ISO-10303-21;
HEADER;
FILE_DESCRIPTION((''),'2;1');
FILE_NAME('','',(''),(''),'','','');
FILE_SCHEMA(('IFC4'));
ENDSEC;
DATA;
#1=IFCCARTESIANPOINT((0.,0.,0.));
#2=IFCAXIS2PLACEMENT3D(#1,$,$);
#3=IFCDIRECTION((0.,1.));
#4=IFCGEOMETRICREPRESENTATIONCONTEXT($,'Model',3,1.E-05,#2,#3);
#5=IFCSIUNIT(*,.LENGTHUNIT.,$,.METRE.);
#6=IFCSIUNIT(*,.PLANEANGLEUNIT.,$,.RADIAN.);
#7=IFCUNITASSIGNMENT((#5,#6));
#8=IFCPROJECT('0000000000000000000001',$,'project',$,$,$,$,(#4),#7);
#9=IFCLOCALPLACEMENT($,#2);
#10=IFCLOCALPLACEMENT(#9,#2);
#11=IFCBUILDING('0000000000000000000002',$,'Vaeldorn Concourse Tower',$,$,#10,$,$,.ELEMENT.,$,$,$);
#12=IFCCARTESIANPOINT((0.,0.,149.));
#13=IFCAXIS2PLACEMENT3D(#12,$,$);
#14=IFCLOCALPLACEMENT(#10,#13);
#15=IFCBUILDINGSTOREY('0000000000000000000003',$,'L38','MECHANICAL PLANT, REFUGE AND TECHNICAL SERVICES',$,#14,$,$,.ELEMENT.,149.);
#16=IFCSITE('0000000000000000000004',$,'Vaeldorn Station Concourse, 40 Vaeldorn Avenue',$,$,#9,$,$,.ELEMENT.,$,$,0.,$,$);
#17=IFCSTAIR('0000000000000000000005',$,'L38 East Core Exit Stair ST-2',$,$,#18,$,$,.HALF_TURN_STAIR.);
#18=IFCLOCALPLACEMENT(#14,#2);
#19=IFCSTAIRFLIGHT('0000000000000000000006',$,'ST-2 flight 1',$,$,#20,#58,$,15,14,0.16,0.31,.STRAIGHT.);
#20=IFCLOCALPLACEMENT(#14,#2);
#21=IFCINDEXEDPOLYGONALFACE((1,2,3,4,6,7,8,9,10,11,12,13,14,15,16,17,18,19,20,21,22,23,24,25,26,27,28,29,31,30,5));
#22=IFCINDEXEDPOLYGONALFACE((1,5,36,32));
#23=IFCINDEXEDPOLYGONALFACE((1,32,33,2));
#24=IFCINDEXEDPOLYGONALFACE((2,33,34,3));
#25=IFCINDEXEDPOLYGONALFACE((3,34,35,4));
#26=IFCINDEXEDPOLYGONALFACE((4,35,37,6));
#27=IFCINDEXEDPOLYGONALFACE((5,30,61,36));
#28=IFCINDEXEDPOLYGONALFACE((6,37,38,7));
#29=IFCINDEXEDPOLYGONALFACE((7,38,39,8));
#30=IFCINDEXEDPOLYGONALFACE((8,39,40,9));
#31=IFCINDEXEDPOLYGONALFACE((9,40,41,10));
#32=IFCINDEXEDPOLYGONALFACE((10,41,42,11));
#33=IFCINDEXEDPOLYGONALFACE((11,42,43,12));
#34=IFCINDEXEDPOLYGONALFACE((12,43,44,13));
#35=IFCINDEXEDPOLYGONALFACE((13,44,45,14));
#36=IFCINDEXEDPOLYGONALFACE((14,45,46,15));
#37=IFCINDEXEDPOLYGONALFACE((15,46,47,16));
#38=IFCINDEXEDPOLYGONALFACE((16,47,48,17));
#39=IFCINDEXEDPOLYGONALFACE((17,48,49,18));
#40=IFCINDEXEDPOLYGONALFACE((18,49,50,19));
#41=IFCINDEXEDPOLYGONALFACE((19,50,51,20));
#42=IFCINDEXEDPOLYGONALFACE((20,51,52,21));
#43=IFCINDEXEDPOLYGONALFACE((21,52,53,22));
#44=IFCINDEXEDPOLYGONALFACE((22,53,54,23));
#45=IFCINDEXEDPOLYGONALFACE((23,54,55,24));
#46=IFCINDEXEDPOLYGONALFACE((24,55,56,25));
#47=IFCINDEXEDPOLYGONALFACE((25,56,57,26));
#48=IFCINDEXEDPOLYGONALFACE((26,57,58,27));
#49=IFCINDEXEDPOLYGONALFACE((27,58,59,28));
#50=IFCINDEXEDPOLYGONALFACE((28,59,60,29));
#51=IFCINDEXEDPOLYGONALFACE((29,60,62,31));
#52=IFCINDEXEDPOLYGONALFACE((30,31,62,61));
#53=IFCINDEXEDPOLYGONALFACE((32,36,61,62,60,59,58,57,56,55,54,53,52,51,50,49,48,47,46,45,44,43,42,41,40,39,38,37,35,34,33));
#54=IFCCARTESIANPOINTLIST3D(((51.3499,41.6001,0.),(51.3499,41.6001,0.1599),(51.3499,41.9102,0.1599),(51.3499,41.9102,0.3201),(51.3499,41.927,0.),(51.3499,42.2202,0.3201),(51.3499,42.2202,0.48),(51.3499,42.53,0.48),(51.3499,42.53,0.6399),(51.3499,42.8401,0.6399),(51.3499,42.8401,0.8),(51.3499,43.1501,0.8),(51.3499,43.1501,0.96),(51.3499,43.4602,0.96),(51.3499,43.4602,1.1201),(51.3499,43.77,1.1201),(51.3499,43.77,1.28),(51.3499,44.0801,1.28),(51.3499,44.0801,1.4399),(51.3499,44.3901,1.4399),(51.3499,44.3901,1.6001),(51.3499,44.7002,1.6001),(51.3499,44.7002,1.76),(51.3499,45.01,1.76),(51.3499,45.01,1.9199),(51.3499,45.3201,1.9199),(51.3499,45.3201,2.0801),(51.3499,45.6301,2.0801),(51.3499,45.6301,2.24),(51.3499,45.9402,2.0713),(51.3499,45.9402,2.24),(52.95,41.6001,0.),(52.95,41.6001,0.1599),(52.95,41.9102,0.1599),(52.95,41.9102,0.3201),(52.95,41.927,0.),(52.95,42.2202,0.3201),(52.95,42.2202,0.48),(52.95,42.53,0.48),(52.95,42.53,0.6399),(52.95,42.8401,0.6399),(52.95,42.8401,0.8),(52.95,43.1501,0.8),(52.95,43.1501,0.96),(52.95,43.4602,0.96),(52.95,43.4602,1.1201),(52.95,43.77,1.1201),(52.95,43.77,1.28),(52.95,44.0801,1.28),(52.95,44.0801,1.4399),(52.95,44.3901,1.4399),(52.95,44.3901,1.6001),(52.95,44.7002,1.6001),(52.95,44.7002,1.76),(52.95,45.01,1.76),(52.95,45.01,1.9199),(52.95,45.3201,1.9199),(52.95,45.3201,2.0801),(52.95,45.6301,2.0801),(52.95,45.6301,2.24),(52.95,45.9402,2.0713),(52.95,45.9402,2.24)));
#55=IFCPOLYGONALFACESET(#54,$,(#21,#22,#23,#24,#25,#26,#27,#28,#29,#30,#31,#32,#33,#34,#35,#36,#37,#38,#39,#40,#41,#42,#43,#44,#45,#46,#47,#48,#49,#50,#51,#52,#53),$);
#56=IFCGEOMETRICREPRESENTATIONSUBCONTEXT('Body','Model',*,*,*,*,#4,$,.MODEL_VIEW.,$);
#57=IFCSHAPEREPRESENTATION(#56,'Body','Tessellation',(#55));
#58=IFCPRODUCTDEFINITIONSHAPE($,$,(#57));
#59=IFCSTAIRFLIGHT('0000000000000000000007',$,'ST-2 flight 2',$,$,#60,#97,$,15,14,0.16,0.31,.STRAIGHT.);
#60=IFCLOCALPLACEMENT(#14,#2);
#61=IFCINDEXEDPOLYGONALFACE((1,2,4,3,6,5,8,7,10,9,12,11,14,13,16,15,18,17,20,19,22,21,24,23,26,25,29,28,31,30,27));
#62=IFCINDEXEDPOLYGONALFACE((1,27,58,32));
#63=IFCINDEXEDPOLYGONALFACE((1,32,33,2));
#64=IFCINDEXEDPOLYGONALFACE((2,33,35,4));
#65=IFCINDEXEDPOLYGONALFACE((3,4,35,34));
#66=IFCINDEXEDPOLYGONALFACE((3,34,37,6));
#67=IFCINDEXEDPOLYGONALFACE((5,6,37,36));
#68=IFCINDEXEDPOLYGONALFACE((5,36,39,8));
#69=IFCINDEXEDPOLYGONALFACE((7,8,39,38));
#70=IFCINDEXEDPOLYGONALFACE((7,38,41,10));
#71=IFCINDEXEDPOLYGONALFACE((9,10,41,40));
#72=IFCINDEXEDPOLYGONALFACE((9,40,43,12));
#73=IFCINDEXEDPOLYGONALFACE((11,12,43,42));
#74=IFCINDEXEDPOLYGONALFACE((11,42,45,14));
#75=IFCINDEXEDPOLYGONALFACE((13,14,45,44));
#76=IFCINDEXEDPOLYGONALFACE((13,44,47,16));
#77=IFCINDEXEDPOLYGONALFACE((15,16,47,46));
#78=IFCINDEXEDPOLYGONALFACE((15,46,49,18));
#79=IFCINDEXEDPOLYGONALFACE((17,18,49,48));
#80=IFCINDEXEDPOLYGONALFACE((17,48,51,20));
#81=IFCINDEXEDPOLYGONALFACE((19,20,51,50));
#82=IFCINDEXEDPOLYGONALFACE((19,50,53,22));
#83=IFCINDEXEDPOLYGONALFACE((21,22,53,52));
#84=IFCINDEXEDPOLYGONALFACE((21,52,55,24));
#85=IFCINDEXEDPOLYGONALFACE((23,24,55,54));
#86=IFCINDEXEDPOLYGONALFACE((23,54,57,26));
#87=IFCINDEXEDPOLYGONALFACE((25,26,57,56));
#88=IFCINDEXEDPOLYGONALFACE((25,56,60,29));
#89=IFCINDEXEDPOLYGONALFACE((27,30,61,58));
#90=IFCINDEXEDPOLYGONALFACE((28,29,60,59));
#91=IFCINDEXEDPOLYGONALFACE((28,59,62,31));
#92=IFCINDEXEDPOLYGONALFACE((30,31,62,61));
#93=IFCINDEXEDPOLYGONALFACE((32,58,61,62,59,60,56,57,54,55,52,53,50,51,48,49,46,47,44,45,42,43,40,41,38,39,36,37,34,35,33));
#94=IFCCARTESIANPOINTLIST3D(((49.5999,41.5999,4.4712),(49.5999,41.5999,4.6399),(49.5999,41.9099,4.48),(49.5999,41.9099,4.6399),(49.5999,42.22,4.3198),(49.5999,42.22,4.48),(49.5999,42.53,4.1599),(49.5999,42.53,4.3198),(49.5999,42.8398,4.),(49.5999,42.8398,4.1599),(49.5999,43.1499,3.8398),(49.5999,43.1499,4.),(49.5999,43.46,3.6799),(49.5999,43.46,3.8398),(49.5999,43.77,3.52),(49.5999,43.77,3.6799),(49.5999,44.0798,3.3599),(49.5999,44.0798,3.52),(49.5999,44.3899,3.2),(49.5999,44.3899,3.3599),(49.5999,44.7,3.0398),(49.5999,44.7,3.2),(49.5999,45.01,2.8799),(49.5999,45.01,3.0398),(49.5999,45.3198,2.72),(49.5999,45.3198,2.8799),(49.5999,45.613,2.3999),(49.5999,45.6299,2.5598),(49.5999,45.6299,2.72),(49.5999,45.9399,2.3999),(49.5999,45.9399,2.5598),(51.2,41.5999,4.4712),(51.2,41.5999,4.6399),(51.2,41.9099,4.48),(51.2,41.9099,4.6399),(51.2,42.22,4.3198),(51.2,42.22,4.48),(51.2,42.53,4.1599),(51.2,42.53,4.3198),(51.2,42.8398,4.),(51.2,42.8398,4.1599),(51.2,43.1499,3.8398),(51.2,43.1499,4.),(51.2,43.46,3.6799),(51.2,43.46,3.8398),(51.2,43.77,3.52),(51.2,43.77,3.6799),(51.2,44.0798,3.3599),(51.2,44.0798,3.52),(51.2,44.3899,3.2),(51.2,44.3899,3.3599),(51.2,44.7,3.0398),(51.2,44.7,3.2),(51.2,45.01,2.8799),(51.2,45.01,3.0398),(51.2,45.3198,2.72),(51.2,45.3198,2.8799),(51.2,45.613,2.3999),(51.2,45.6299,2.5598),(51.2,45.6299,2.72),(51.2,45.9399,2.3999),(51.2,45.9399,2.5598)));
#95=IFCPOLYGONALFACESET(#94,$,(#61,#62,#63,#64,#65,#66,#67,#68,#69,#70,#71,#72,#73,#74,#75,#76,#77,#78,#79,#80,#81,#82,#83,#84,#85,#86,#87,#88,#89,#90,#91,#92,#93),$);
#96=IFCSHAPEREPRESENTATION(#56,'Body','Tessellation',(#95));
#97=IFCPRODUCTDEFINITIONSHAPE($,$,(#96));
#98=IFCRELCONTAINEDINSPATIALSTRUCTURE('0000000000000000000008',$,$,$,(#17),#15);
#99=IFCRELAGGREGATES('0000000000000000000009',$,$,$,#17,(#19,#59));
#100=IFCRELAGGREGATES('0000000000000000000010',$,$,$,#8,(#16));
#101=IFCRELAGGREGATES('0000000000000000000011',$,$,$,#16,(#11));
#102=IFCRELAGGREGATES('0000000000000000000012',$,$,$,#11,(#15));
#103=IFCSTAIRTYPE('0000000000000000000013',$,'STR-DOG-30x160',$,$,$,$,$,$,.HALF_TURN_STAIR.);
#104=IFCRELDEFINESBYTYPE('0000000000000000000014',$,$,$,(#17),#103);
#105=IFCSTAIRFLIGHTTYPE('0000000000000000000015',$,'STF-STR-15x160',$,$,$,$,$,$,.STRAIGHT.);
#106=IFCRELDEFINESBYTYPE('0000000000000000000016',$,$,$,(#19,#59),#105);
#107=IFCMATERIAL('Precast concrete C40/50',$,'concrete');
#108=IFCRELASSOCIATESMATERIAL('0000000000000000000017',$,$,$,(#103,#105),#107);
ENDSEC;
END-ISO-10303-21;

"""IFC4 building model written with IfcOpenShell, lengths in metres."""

from ifc_helpers import new_model, si_unit, direction, frame, origin, place, context, subcontext, project, spatial, polyline, outline, extrude, material, type_object, element, aggregate, save


model = new_model("IFC4")

# Units and contexts
model_context = context("Model", 3, precision=1e-05, world=origin(), true_north=direction((0.0, 1.0)))
body_context = subcontext(model_context, "Body", "Model", "MODEL_VIEW")
ifc_project = project(units=[si_unit("LENGTHUNIT", "METRE"), si_unit("PLANEANGLEUNIT", "RADIAN")], contexts=[model_context])

# Site, building, storey
site_placement = place(None, origin())
site = spatial("IfcSite", under=ifc_project, at=site_placement, Name="Vaeldorn Station Concourse, 40 Vaeldorn Avenue", CompositionType="ELEMENT", RefElevation=0.0)
building_placement = place(site_placement, origin())
building = spatial("IfcBuilding", under=site, at=building_placement, Name="Vaeldorn Concourse Tower", CompositionType="ELEMENT")
storey_placement = place(building_placement, frame((0.0, 0.0, 149.0)))
storey = spatial("IfcBuildingStorey", under=building, at=storey_placement, Name="L38", Description="MECHANICAL PLANT, REFUGE AND TECHNICAL SERVICES", CompositionType="ELEMENT", Elevation=149.0)

# Stair, stair flights
ifc_material_1 = material(Name="Precast concrete C40/50", Category="concrete")
stair_type = type_object("IfcStairType", Name="STR-DOG-30x160", PredefinedType="HALF_TURN_STAIR", material=ifc_material_1)
stair_placement = place(storey_placement, origin())
stair = element("IfcStair", 1, at=stair_placement, inside=storey, type_object=stair_type, Name="L38 East Core Exit Stair ST-2", PredefinedType="HALF_TURN_STAIR")
stair_flight_type = type_object("IfcStairFlightType", Name="STF-STR-15x160", PredefinedType="STRAIGHT", material=ifc_material_1)
stair_flight_1_placement = place(storey_placement, frame((52.1499, 41.6001, 0.0), z_axis=(0.0, 0.0, 1.0), x_axis=(0.0, 1.0, 0.0)))
stair_flight_1 = element("IfcStairFlight", 2, at=stair_flight_1_placement, type_object=stair_flight_type, Name="ST-2 flight 1", NumberOfRisers=15, NumberOfTreads=14, PredefinedType="STRAIGHT", RiserHeight=0.16, TreadLength=0.31, context=body_context, shape_type="SweptSolid", body=[
    extrude(outline(polyline([(0.0, 0.0), (0.0, 0.1599), (0.3101, 0.1599), (0.3101, 0.3201), (0.6201, 0.3201), (0.6201, 0.48), (0.9299, 0.48), (0.9299, 0.6399), (1.24, 0.6399), (1.24, 0.8), (1.55, 0.8), (1.55, 0.96), (1.8601, 0.96), (1.8601, 1.1201), (2.1699, 1.1201), (2.1699, 1.28), (2.48, 1.28), (2.48, 1.4399), (2.79, 1.4399), (2.79, 1.6001), (3.1001, 1.6001), (3.1001, 1.76), (3.4099, 1.76), (3.4099, 1.9199), (3.72, 1.9199), (3.72, 2.0801), (4.03, 2.0801), (4.03, 2.24), (4.3401, 2.24), (4.3401, 2.3999), (4.3401, 2.0713), (0.3269, 0.0), (0.0, 0.0)])), frame((0.0, 0.8, 0.0), z_axis=(0.0, -1.0, 0.0), x_axis=(1.0, 0.0, 0.0)), (0.0, 0.0, 1.0), 1.6001),
])
stair_flight_2_placement = place(storey_placement, frame((50.3999, 45.9399, 2.3999), z_axis=(0.0, 0.0, 1.0), x_axis=(0.0, -1.0, 0.0)))
stair_flight_2 = element("IfcStairFlight", 3, at=stair_flight_2_placement, type_object=stair_flight_type, Name="ST-2 flight 2", NumberOfRisers=15, NumberOfTreads=14, PredefinedType="STRAIGHT", RiserHeight=0.16, TreadLength=0.31, context=body_context, shape_type="SweptSolid", body=[
    extrude(outline(polyline([(0.0, 0.0), (0.0, 0.1599), (0.3101, 0.1599), (0.3101, 0.3201), (0.6201, 0.3201), (0.6201, 0.48), (0.9299, 0.48), (0.9299, 0.6399), (1.24, 0.6399), (1.24, 0.8), (1.55, 0.8), (1.55, 0.96), (1.8601, 0.96), (1.8601, 1.1201), (2.1699, 1.1201), (2.1699, 1.28), (2.48, 1.28), (2.48, 1.4399), (2.79, 1.4399), (2.79, 1.6001), (3.1001, 1.6001), (3.1001, 1.76), (3.4099, 1.76), (3.4099, 1.9199), (3.72, 1.9199), (3.72, 2.0801), (4.03, 2.0801), (4.03, 2.24), (4.3401, 2.24), (4.3401, 2.3999), (4.3401, 2.0713), (0.3269, 0.0), (0.0, 0.0)])), frame((0.0, 0.8, 0.0), z_axis=(0.0, -1.0, 0.0), x_axis=(1.0, 0.0, 0.0)), (0.0, 0.0, 1.0), 1.6001),
])
aggregate(stair, [stair_flight_1, stair_flight_2])

save(model, "model.ifc")
